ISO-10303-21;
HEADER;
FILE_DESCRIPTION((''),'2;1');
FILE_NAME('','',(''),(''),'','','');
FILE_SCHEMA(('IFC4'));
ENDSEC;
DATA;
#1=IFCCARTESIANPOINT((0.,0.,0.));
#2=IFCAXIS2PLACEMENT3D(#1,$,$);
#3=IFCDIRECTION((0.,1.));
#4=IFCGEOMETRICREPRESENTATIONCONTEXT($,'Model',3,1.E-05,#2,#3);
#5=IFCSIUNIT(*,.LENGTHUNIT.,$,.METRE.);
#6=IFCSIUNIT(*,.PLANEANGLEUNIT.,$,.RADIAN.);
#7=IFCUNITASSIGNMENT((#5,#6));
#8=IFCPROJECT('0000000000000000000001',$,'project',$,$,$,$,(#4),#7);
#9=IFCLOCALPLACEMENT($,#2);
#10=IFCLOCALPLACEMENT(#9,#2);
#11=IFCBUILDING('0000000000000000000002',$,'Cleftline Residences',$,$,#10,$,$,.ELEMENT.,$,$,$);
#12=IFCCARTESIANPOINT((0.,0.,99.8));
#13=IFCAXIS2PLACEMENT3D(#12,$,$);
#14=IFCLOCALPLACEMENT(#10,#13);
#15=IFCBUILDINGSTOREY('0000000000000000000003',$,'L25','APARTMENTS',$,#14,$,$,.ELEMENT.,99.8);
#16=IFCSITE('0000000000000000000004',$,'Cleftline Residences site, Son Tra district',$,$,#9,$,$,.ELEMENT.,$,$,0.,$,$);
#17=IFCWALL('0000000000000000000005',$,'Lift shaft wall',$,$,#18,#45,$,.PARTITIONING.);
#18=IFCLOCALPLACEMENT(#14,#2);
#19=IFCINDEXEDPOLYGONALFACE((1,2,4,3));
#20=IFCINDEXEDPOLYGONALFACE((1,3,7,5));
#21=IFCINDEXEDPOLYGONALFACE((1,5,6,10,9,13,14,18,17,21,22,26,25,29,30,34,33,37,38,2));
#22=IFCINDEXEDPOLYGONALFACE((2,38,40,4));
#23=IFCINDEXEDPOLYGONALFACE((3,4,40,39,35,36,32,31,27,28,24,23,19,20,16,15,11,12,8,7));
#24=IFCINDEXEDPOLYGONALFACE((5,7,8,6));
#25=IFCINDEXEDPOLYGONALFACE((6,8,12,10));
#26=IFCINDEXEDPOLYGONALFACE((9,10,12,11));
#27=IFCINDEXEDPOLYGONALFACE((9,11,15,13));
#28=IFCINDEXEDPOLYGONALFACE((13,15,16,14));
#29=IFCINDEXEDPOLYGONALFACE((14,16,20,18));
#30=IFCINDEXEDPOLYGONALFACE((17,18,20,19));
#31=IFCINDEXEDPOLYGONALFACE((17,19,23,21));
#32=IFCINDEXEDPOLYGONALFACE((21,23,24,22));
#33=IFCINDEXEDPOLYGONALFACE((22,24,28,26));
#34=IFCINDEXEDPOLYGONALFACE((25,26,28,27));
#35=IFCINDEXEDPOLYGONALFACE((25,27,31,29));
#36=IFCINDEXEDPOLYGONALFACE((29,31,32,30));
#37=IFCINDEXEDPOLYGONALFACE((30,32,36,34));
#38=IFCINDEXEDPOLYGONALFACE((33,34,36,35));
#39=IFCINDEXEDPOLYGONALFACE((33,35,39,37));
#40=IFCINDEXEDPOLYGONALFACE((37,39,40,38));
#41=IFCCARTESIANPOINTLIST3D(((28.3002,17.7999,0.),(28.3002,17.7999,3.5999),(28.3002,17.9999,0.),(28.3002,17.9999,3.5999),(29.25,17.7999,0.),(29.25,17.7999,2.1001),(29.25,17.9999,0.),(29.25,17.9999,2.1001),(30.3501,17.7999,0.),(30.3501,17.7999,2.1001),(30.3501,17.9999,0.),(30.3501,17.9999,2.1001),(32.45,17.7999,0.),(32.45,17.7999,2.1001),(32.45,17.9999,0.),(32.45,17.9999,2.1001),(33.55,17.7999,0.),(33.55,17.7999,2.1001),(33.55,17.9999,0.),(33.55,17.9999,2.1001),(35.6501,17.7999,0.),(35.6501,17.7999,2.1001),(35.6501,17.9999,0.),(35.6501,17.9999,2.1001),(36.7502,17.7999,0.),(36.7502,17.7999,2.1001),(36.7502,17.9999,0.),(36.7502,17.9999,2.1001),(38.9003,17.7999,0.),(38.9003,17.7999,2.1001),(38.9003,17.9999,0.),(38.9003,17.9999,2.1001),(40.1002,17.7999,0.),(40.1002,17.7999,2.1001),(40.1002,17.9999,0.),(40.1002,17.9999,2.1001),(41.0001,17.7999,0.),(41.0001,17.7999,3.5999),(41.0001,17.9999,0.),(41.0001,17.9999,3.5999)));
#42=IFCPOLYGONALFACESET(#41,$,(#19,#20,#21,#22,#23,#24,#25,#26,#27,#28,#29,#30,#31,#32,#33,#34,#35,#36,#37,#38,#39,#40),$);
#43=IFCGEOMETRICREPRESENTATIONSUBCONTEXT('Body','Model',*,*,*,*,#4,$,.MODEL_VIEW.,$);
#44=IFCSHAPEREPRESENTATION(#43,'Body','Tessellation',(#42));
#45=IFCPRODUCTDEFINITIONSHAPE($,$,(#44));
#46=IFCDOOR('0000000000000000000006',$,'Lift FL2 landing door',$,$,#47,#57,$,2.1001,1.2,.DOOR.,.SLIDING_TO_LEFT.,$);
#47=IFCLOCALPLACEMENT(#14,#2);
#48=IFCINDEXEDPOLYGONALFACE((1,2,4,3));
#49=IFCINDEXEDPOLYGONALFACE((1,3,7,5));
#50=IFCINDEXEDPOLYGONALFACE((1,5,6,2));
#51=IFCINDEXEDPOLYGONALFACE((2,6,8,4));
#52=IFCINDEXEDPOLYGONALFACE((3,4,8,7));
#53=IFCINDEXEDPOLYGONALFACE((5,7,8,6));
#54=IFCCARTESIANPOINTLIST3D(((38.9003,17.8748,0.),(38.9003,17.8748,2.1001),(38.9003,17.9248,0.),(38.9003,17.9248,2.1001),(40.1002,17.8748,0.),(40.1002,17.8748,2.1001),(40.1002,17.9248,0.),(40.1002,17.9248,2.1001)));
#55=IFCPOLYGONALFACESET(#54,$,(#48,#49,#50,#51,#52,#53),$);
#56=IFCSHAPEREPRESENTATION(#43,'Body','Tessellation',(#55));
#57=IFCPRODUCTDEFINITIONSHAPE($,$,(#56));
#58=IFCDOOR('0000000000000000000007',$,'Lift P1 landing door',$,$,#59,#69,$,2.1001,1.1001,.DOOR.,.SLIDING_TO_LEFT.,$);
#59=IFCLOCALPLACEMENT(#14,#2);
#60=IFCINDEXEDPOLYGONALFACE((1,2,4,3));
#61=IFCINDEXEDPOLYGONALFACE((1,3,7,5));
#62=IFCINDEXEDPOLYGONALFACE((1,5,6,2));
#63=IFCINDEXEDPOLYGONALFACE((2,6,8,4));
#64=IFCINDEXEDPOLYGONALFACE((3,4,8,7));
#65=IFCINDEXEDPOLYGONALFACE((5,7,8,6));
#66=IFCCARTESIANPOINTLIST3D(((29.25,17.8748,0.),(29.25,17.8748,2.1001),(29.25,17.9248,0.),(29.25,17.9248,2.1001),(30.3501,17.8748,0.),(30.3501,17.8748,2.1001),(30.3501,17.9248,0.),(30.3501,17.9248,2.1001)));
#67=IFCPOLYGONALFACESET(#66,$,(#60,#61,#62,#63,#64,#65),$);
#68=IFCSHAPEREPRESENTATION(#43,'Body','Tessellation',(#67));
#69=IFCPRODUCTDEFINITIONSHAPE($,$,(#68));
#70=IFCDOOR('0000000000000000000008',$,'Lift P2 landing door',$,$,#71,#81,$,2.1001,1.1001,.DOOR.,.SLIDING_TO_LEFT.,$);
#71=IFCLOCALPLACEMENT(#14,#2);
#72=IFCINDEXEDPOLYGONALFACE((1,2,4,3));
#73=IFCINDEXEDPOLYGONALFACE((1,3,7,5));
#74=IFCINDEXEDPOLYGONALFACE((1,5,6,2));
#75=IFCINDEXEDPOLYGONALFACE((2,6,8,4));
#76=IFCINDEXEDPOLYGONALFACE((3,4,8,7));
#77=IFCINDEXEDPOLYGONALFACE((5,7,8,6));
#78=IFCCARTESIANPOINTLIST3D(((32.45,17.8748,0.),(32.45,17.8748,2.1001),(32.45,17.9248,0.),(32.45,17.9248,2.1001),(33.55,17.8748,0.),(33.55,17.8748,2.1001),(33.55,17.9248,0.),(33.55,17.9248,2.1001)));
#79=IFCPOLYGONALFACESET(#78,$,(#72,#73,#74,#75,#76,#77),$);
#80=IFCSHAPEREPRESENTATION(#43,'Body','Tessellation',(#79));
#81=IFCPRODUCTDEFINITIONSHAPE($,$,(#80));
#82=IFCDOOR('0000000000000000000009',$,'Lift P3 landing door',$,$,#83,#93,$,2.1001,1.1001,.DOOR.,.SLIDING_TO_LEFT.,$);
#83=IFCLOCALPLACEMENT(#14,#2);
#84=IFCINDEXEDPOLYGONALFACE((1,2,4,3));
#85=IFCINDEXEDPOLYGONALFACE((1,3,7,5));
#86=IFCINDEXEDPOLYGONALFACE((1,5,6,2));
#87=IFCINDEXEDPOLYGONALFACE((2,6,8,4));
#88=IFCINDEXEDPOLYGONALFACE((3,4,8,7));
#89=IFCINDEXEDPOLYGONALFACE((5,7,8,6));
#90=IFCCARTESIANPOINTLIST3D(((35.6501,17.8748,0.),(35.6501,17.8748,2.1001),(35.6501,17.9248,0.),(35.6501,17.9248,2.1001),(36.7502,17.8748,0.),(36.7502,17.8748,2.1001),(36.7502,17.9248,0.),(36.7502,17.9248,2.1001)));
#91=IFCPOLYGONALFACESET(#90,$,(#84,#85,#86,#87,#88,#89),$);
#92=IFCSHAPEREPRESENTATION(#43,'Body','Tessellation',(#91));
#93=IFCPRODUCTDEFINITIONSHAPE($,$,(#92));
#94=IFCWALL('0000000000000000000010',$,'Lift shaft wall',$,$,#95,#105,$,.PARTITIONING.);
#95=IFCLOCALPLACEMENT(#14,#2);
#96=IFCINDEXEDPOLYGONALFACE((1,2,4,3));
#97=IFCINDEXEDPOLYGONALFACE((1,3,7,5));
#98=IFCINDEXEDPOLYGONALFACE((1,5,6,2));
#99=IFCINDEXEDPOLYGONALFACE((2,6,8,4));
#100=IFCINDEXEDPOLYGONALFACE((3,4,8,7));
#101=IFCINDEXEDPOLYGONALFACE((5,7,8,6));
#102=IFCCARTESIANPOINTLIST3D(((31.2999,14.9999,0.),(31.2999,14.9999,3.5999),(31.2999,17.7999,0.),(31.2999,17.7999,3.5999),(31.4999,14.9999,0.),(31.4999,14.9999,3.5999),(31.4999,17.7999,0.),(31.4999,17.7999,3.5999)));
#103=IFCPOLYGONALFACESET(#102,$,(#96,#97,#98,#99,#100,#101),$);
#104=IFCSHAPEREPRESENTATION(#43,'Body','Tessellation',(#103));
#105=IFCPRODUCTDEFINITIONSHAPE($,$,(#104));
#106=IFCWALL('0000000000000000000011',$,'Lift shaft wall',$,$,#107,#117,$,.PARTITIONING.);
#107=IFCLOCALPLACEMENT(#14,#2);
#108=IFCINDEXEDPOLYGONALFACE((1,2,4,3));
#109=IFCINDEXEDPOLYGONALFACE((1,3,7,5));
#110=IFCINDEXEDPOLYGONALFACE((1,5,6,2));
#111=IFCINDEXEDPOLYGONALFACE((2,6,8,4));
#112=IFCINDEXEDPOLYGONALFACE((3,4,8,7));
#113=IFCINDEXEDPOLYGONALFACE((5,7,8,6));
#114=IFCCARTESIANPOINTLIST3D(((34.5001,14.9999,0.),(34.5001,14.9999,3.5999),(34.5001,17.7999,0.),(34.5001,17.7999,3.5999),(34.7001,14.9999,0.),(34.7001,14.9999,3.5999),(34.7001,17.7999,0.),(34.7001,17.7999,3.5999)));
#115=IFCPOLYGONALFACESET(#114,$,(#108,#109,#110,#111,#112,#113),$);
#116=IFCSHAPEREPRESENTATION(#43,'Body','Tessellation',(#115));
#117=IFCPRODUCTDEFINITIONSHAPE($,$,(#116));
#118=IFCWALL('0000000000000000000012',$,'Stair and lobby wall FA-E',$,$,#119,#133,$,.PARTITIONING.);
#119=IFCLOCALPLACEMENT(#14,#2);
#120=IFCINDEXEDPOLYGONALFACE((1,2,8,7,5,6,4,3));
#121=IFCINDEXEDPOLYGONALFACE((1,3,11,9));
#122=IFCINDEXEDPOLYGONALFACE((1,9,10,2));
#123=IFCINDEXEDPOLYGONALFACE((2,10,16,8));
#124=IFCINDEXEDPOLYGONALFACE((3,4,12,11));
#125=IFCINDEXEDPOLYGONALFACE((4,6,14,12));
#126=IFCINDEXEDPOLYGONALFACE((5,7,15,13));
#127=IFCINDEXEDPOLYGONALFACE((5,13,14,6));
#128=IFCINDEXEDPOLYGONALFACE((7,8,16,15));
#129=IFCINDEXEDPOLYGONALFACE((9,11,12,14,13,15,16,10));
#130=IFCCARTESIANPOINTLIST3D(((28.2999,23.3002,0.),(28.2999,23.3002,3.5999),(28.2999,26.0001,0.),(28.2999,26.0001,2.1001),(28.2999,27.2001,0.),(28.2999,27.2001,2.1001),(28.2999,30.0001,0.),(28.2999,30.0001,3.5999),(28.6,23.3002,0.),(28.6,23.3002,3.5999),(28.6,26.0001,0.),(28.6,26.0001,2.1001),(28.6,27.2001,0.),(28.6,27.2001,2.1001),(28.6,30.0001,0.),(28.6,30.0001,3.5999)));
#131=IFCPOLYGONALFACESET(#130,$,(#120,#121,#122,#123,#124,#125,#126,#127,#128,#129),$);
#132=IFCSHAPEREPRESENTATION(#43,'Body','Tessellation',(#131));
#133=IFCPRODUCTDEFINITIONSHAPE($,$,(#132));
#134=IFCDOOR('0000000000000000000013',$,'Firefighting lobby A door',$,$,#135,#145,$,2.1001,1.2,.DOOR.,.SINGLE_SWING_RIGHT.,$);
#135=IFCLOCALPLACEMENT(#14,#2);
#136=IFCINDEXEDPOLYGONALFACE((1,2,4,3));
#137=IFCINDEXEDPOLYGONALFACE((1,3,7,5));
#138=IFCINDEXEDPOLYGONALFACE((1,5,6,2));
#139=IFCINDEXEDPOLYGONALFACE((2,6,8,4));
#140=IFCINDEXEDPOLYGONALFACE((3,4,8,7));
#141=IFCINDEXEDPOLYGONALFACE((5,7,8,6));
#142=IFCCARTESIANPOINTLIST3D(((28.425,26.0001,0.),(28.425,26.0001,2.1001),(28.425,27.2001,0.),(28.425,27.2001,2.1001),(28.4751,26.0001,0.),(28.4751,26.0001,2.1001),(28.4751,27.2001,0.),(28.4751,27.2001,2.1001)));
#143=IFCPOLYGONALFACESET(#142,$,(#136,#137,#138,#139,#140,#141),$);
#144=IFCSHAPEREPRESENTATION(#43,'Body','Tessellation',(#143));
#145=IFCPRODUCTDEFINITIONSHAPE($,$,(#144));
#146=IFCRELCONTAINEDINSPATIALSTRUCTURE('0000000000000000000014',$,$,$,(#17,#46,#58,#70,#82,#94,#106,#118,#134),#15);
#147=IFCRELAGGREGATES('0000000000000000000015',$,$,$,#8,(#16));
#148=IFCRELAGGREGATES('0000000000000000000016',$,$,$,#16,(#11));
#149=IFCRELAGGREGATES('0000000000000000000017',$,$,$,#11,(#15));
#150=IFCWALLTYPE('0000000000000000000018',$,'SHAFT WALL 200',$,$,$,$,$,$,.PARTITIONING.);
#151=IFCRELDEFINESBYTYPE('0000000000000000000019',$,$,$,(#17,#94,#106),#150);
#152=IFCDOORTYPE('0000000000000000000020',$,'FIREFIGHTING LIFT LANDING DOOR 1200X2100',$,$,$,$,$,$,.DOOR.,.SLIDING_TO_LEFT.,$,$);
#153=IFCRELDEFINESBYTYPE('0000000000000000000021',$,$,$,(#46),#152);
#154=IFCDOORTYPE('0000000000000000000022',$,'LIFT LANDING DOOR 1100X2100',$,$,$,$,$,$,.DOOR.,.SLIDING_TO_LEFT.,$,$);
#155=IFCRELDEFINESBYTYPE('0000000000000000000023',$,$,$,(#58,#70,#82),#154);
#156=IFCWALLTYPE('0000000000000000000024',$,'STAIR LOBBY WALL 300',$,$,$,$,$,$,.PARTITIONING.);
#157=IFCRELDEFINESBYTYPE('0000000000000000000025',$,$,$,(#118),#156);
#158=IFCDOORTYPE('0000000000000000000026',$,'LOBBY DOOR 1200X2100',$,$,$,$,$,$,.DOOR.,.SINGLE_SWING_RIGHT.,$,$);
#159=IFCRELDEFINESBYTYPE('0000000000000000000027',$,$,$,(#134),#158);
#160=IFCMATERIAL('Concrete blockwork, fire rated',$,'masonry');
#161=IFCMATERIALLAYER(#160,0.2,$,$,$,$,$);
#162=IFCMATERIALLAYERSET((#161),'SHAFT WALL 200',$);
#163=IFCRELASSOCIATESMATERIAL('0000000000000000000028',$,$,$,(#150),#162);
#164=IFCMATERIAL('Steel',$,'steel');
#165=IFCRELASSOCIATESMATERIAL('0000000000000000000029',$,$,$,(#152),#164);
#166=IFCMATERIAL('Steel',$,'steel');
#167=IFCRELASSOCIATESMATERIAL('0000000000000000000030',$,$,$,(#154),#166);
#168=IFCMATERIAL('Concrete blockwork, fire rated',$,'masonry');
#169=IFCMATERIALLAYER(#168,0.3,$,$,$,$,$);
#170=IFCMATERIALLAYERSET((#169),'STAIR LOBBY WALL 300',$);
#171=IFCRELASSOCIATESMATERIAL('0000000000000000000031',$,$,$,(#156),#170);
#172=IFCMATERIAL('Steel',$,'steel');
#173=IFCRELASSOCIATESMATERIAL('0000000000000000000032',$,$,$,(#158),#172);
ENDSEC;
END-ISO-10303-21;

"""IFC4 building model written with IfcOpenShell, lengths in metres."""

from ifc_helpers import new_model, si_unit, direction, frame, frame_2d, origin, place, context, subcontext, project, spatial, rectangle, extrude, material, layer, layer_set, type_object, element, fill, save


model = new_model("IFC4")

# Units and contexts
model_context = context("Model", 3, precision=1e-05, world=origin(), true_north=direction((0.0, 1.0)))
body_context = subcontext(model_context, "Body", "Model", "MODEL_VIEW")
ifc_project = project(units=[si_unit("LENGTHUNIT", "METRE"), si_unit("PLANEANGLEUNIT", "RADIAN")], contexts=[model_context])

# Site, building, storey
site_placement = place(None, origin())
site = spatial("IfcSite", under=ifc_project, at=site_placement, Name="Cleftline Residences site, Son Tra district", CompositionType="ELEMENT", RefElevation=0.0)
building_placement = place(site_placement, origin())
building = spatial("IfcBuilding", under=site, at=building_placement, Name="Cleftline Residences", CompositionType="ELEMENT")
storey_placement = place(building_placement, frame((0.0, 0.0, 99.8)))
storey = spatial("IfcBuildingStorey", under=building, at=storey_placement, Name="L25", Description="APARTMENTS", CompositionType="ELEMENT", Elevation=99.8)

# Wall, openings, doors
ifc_material_1 = material(Name="Concrete blockwork, fire rated", Category="masonry")
ifc_layer_1 = layer(ifc_material_1, 0.2)
ifc_layer_set_1 = layer_set([ifc_layer_1], Name="SHAFT WALL 200")
wall_type_1 = type_object("IfcWallType", Name="SHAFT WALL 200", PredefinedType="PARTITIONING", material=ifc_layer_set_1)
wall_1_placement = place(storey_placement, frame((28.3, 17.8999, 0.0), z_axis=(0.0, 0.0, 1.0), x_axis=(1.0, 0.0, 0.0)))
wall_1 = element("IfcWall", 1, at=wall_1_placement, inside=storey, type_object=wall_type_1, Name="Lift shaft wall", PredefinedType="PARTITIONING", context=body_context, shape_type="SweptSolid", body=[
    extrude(rectangle(XDim=12.7, YDim=0.2, at=frame_2d((6.3501, 0.0))), origin(), (0.0, 0.0, 1.0), 3.5999),
])
opening_1_placement = place(wall_1_placement, frame((0.95, 0.0, 0.0)))
opening_1 = element("IfcOpeningElement", 2, at=opening_1_placement, cuts=wall_1, PredefinedType="OPENING", context=body_context, shape_type="SweptSolid", body=[
    extrude(rectangle(XDim=1.1001, YDim=2.1001, at=frame_2d((0.55, 1.05))), frame((0.0, 0.1099, 0.0), z_axis=(0.0, -1.0, 0.0), x_axis=(1.0, 0.0, 0.0)), (0.0, 0.0, 1.0), 0.22),
])
opening_2_placement = place(wall_1_placement, frame((4.1499, 0.0, 0.0)))
opening_2 = element("IfcOpeningElement", 3, at=opening_2_placement, cuts=wall_1, PredefinedType="OPENING", context=body_context, shape_type="SweptSolid", body=[
    extrude(rectangle(XDim=1.1001, YDim=2.1001, at=frame_2d((0.55, 1.05))), frame((0.0, 0.1099, 0.0), z_axis=(0.0, -1.0, 0.0), x_axis=(1.0, 0.0, 0.0)), (0.0, 0.0, 1.0), 0.22),
])
opening_3_placement = place(wall_1_placement, frame((7.3501, 0.0, 0.0)))
opening_3 = element("IfcOpeningElement", 4, at=opening_3_placement, cuts=wall_1, PredefinedType="OPENING", context=body_context, shape_type="SweptSolid", body=[
    extrude(rectangle(XDim=1.1001, YDim=2.1001, at=frame_2d((0.55, 1.05))), frame((0.0, 0.1099, 0.0), z_axis=(0.0, -1.0, 0.0), x_axis=(1.0, 0.0, 0.0)), (0.0, 0.0, 1.0), 0.22),
])
opening_4_placement = place(wall_1_placement, frame((10.6001, 0.0, 0.0)))
opening_4 = element("IfcOpeningElement", 5, at=opening_4_placement, cuts=wall_1, PredefinedType="OPENING", context=body_context, shape_type="SweptSolid", body=[
    extrude(rectangle(XDim=1.2, YDim=2.1001, at=frame_2d((0.6001, 1.05))), frame((0.0, 0.1099, 0.0), z_axis=(0.0, -1.0, 0.0), x_axis=(1.0, 0.0, 0.0)), (0.0, 0.0, 1.0), 0.22),
])
ifc_material_2 = material(Name="Steel", Category="steel")
door_type_1 = type_object("IfcDoorType", Name="FIREFIGHTING LIFT LANDING DOOR 1200X2100", OperationType="SLIDING_TO_LEFT", PredefinedType="DOOR", material=ifc_material_2)
door_1_placement = place(opening_4_placement, origin())
door_1 = element("IfcDoor", 6, at=door_1_placement, inside=storey, type_object=door_type_1, Name="Lift FL2 landing door", OperationType="SLIDING_TO_LEFT", OverallHeight=2.1001, OverallWidth=1.2, PredefinedType="DOOR", context=body_context, shape_type="SweptSolid", body=[
    extrude(rectangle(XDim=1.2, YDim=2.1001, at=frame_2d((0.6001, 1.05))), frame((0.0, 0.0249, 0.0), z_axis=(0.0, -1.0, 0.0), x_axis=(1.0, 0.0, 0.0)), (0.0, 0.0, 1.0), 0.05),
])
fill(opening_4, door_1)
ifc_material_3 = material(Name="Steel", Category="steel")
door_type_2 = type_object("IfcDoorType", Name="LIFT LANDING DOOR 1100X2100", OperationType="SLIDING_TO_LEFT", PredefinedType="DOOR", material=ifc_material_3)
door_2_placement = place(opening_1_placement, origin())
door_2 = element("IfcDoor", 7, at=door_2_placement, inside=storey, type_object=door_type_2, Name="Lift P1 landing door", OperationType="SLIDING_TO_LEFT", OverallHeight=2.1001, OverallWidth=1.1001, PredefinedType="DOOR", context=body_context, shape_type="SweptSolid", body=[
    extrude(rectangle(XDim=1.1001, YDim=2.1001, at=frame_2d((0.55, 1.05))), frame((0.0, 0.0249, 0.0), z_axis=(0.0, -1.0, 0.0), x_axis=(1.0, 0.0, 0.0)), (0.0, 0.0, 1.0), 0.05),
])
fill(opening_1, door_2)
door_3_placement = place(opening_2_placement, origin())
door_3 = element("IfcDoor", 8, at=door_3_placement, inside=storey, type_object=door_type_2, Name="Lift P2 landing door", OperationType="SLIDING_TO_LEFT", OverallHeight=2.1001, OverallWidth=1.1001, PredefinedType="DOOR", context=body_context, shape_type="SweptSolid", body=[
    extrude(rectangle(XDim=1.1001, YDim=2.1001, at=frame_2d((0.55, 1.05))), frame((0.0, 0.0249, 0.0), z_axis=(0.0, -1.0, 0.0), x_axis=(1.0, 0.0, 0.0)), (0.0, 0.0, 1.0), 0.05),
])
fill(opening_2, door_3)
door_4_placement = place(opening_3_placement, origin())
door_4 = element("IfcDoor", 9, at=door_4_placement, inside=storey, type_object=door_type_2, Name="Lift P3 landing door", OperationType="SLIDING_TO_LEFT", OverallHeight=2.1001, OverallWidth=1.1001, PredefinedType="DOOR", context=body_context, shape_type="SweptSolid", body=[
    extrude(rectangle(XDim=1.1001, YDim=2.1001, at=frame_2d((0.55, 1.05))), frame((0.0, 0.0249, 0.0), z_axis=(0.0, -1.0, 0.0), x_axis=(1.0, 0.0, 0.0)), (0.0, 0.0, 1.0), 0.05),
])
fill(opening_3, door_4)

# Walls
for number, where, z_axis, x_axis, name in (
    (10, (31.3999, 15.0, 0.0), (0.0, 0.0, 1.0), (0.0, 1.0, 0.0), "Lift shaft wall"),
    (11, (34.6001, 15.0, 0.0), (0.0, 0.0, 1.0), (0.0, 1.0, 0.0), "Lift shaft wall"),
):
    element("IfcWall", number, at=place(storey_placement, frame(where, z_axis=z_axis, x_axis=x_axis)), inside=storey, type_object=wall_type_1, Name=name, PredefinedType="PARTITIONING", context=body_context, shape_type="SweptSolid", body=[
        extrude(rectangle(XDim=2.8, YDim=0.2, at=frame_2d((1.3999, 0.0))), origin(), (0.0, 0.0, 1.0), 3.5999),
    ])

# Wall, opening, door
ifc_material_4 = material(Name="Concrete blockwork, fire rated", Category="masonry")
ifc_layer_2 = layer(ifc_material_4, 0.3)
ifc_layer_set_2 = layer_set([ifc_layer_2], Name="STAIR LOBBY WALL 300")
wall_type_2 = type_object("IfcWallType", Name="STAIR LOBBY WALL 300", PredefinedType="PARTITIONING", material=ifc_layer_set_2)
wall_2_placement = place(storey_placement, frame((28.45, 23.3, 0.0), z_axis=(0.0, 0.0, 1.0), x_axis=(0.0, 1.0, 0.0)))
wall_2 = element("IfcWall", 12, at=wall_2_placement, inside=storey, type_object=wall_type_2, Name="Stair and lobby wall FA-E", PredefinedType="PARTITIONING", context=body_context, shape_type="SweptSolid", body=[
    extrude(rectangle(XDim=6.7, YDim=0.3, at=frame_2d((3.3501, 0.0))), origin(), (0.0, 0.0, 1.0), 3.5999),
])
opening_5_placement = place(wall_2_placement, frame((2.7, 0.0, 0.0)))
opening_5 = element("IfcOpeningElement", 13, at=opening_5_placement, cuts=wall_2, PredefinedType="OPENING", context=body_context, shape_type="SweptSolid", body=[
    extrude(rectangle(XDim=1.2, YDim=2.1001, at=frame_2d((0.6001, 1.05))), frame((0.0, 0.1599, 0.0), z_axis=(0.0, -1.0, 0.0), x_axis=(1.0, 0.0, 0.0)), (0.0, 0.0, 1.0), 0.3201),
])
ifc_material_5 = material(Name="Steel", Category="steel")
door_type_3 = type_object("IfcDoorType", Name="LOBBY DOOR 1200X2100", OperationType="SINGLE_SWING_RIGHT", PredefinedType="DOOR", material=ifc_material_5)
door_5_placement = place(opening_5_placement, origin())
door_5 = element("IfcDoor", 14, at=door_5_placement, inside=storey, type_object=door_type_3, Name="Firefighting lobby A door", OperationType="SINGLE_SWING_RIGHT", OverallHeight=2.1001, OverallWidth=1.2, PredefinedType="DOOR", context=body_context, shape_type="SweptSolid", body=[
    extrude(rectangle(XDim=1.2, YDim=2.1001, at=frame_2d((0.6001, 1.05))), frame((0.0, 0.0249, 0.0), z_axis=(0.0, -1.0, 0.0), x_axis=(1.0, 0.0, 0.0)), (0.0, 0.0, 1.0), 0.05),
])
fill(opening_5, door_5)

save(model, "model.ifc")
